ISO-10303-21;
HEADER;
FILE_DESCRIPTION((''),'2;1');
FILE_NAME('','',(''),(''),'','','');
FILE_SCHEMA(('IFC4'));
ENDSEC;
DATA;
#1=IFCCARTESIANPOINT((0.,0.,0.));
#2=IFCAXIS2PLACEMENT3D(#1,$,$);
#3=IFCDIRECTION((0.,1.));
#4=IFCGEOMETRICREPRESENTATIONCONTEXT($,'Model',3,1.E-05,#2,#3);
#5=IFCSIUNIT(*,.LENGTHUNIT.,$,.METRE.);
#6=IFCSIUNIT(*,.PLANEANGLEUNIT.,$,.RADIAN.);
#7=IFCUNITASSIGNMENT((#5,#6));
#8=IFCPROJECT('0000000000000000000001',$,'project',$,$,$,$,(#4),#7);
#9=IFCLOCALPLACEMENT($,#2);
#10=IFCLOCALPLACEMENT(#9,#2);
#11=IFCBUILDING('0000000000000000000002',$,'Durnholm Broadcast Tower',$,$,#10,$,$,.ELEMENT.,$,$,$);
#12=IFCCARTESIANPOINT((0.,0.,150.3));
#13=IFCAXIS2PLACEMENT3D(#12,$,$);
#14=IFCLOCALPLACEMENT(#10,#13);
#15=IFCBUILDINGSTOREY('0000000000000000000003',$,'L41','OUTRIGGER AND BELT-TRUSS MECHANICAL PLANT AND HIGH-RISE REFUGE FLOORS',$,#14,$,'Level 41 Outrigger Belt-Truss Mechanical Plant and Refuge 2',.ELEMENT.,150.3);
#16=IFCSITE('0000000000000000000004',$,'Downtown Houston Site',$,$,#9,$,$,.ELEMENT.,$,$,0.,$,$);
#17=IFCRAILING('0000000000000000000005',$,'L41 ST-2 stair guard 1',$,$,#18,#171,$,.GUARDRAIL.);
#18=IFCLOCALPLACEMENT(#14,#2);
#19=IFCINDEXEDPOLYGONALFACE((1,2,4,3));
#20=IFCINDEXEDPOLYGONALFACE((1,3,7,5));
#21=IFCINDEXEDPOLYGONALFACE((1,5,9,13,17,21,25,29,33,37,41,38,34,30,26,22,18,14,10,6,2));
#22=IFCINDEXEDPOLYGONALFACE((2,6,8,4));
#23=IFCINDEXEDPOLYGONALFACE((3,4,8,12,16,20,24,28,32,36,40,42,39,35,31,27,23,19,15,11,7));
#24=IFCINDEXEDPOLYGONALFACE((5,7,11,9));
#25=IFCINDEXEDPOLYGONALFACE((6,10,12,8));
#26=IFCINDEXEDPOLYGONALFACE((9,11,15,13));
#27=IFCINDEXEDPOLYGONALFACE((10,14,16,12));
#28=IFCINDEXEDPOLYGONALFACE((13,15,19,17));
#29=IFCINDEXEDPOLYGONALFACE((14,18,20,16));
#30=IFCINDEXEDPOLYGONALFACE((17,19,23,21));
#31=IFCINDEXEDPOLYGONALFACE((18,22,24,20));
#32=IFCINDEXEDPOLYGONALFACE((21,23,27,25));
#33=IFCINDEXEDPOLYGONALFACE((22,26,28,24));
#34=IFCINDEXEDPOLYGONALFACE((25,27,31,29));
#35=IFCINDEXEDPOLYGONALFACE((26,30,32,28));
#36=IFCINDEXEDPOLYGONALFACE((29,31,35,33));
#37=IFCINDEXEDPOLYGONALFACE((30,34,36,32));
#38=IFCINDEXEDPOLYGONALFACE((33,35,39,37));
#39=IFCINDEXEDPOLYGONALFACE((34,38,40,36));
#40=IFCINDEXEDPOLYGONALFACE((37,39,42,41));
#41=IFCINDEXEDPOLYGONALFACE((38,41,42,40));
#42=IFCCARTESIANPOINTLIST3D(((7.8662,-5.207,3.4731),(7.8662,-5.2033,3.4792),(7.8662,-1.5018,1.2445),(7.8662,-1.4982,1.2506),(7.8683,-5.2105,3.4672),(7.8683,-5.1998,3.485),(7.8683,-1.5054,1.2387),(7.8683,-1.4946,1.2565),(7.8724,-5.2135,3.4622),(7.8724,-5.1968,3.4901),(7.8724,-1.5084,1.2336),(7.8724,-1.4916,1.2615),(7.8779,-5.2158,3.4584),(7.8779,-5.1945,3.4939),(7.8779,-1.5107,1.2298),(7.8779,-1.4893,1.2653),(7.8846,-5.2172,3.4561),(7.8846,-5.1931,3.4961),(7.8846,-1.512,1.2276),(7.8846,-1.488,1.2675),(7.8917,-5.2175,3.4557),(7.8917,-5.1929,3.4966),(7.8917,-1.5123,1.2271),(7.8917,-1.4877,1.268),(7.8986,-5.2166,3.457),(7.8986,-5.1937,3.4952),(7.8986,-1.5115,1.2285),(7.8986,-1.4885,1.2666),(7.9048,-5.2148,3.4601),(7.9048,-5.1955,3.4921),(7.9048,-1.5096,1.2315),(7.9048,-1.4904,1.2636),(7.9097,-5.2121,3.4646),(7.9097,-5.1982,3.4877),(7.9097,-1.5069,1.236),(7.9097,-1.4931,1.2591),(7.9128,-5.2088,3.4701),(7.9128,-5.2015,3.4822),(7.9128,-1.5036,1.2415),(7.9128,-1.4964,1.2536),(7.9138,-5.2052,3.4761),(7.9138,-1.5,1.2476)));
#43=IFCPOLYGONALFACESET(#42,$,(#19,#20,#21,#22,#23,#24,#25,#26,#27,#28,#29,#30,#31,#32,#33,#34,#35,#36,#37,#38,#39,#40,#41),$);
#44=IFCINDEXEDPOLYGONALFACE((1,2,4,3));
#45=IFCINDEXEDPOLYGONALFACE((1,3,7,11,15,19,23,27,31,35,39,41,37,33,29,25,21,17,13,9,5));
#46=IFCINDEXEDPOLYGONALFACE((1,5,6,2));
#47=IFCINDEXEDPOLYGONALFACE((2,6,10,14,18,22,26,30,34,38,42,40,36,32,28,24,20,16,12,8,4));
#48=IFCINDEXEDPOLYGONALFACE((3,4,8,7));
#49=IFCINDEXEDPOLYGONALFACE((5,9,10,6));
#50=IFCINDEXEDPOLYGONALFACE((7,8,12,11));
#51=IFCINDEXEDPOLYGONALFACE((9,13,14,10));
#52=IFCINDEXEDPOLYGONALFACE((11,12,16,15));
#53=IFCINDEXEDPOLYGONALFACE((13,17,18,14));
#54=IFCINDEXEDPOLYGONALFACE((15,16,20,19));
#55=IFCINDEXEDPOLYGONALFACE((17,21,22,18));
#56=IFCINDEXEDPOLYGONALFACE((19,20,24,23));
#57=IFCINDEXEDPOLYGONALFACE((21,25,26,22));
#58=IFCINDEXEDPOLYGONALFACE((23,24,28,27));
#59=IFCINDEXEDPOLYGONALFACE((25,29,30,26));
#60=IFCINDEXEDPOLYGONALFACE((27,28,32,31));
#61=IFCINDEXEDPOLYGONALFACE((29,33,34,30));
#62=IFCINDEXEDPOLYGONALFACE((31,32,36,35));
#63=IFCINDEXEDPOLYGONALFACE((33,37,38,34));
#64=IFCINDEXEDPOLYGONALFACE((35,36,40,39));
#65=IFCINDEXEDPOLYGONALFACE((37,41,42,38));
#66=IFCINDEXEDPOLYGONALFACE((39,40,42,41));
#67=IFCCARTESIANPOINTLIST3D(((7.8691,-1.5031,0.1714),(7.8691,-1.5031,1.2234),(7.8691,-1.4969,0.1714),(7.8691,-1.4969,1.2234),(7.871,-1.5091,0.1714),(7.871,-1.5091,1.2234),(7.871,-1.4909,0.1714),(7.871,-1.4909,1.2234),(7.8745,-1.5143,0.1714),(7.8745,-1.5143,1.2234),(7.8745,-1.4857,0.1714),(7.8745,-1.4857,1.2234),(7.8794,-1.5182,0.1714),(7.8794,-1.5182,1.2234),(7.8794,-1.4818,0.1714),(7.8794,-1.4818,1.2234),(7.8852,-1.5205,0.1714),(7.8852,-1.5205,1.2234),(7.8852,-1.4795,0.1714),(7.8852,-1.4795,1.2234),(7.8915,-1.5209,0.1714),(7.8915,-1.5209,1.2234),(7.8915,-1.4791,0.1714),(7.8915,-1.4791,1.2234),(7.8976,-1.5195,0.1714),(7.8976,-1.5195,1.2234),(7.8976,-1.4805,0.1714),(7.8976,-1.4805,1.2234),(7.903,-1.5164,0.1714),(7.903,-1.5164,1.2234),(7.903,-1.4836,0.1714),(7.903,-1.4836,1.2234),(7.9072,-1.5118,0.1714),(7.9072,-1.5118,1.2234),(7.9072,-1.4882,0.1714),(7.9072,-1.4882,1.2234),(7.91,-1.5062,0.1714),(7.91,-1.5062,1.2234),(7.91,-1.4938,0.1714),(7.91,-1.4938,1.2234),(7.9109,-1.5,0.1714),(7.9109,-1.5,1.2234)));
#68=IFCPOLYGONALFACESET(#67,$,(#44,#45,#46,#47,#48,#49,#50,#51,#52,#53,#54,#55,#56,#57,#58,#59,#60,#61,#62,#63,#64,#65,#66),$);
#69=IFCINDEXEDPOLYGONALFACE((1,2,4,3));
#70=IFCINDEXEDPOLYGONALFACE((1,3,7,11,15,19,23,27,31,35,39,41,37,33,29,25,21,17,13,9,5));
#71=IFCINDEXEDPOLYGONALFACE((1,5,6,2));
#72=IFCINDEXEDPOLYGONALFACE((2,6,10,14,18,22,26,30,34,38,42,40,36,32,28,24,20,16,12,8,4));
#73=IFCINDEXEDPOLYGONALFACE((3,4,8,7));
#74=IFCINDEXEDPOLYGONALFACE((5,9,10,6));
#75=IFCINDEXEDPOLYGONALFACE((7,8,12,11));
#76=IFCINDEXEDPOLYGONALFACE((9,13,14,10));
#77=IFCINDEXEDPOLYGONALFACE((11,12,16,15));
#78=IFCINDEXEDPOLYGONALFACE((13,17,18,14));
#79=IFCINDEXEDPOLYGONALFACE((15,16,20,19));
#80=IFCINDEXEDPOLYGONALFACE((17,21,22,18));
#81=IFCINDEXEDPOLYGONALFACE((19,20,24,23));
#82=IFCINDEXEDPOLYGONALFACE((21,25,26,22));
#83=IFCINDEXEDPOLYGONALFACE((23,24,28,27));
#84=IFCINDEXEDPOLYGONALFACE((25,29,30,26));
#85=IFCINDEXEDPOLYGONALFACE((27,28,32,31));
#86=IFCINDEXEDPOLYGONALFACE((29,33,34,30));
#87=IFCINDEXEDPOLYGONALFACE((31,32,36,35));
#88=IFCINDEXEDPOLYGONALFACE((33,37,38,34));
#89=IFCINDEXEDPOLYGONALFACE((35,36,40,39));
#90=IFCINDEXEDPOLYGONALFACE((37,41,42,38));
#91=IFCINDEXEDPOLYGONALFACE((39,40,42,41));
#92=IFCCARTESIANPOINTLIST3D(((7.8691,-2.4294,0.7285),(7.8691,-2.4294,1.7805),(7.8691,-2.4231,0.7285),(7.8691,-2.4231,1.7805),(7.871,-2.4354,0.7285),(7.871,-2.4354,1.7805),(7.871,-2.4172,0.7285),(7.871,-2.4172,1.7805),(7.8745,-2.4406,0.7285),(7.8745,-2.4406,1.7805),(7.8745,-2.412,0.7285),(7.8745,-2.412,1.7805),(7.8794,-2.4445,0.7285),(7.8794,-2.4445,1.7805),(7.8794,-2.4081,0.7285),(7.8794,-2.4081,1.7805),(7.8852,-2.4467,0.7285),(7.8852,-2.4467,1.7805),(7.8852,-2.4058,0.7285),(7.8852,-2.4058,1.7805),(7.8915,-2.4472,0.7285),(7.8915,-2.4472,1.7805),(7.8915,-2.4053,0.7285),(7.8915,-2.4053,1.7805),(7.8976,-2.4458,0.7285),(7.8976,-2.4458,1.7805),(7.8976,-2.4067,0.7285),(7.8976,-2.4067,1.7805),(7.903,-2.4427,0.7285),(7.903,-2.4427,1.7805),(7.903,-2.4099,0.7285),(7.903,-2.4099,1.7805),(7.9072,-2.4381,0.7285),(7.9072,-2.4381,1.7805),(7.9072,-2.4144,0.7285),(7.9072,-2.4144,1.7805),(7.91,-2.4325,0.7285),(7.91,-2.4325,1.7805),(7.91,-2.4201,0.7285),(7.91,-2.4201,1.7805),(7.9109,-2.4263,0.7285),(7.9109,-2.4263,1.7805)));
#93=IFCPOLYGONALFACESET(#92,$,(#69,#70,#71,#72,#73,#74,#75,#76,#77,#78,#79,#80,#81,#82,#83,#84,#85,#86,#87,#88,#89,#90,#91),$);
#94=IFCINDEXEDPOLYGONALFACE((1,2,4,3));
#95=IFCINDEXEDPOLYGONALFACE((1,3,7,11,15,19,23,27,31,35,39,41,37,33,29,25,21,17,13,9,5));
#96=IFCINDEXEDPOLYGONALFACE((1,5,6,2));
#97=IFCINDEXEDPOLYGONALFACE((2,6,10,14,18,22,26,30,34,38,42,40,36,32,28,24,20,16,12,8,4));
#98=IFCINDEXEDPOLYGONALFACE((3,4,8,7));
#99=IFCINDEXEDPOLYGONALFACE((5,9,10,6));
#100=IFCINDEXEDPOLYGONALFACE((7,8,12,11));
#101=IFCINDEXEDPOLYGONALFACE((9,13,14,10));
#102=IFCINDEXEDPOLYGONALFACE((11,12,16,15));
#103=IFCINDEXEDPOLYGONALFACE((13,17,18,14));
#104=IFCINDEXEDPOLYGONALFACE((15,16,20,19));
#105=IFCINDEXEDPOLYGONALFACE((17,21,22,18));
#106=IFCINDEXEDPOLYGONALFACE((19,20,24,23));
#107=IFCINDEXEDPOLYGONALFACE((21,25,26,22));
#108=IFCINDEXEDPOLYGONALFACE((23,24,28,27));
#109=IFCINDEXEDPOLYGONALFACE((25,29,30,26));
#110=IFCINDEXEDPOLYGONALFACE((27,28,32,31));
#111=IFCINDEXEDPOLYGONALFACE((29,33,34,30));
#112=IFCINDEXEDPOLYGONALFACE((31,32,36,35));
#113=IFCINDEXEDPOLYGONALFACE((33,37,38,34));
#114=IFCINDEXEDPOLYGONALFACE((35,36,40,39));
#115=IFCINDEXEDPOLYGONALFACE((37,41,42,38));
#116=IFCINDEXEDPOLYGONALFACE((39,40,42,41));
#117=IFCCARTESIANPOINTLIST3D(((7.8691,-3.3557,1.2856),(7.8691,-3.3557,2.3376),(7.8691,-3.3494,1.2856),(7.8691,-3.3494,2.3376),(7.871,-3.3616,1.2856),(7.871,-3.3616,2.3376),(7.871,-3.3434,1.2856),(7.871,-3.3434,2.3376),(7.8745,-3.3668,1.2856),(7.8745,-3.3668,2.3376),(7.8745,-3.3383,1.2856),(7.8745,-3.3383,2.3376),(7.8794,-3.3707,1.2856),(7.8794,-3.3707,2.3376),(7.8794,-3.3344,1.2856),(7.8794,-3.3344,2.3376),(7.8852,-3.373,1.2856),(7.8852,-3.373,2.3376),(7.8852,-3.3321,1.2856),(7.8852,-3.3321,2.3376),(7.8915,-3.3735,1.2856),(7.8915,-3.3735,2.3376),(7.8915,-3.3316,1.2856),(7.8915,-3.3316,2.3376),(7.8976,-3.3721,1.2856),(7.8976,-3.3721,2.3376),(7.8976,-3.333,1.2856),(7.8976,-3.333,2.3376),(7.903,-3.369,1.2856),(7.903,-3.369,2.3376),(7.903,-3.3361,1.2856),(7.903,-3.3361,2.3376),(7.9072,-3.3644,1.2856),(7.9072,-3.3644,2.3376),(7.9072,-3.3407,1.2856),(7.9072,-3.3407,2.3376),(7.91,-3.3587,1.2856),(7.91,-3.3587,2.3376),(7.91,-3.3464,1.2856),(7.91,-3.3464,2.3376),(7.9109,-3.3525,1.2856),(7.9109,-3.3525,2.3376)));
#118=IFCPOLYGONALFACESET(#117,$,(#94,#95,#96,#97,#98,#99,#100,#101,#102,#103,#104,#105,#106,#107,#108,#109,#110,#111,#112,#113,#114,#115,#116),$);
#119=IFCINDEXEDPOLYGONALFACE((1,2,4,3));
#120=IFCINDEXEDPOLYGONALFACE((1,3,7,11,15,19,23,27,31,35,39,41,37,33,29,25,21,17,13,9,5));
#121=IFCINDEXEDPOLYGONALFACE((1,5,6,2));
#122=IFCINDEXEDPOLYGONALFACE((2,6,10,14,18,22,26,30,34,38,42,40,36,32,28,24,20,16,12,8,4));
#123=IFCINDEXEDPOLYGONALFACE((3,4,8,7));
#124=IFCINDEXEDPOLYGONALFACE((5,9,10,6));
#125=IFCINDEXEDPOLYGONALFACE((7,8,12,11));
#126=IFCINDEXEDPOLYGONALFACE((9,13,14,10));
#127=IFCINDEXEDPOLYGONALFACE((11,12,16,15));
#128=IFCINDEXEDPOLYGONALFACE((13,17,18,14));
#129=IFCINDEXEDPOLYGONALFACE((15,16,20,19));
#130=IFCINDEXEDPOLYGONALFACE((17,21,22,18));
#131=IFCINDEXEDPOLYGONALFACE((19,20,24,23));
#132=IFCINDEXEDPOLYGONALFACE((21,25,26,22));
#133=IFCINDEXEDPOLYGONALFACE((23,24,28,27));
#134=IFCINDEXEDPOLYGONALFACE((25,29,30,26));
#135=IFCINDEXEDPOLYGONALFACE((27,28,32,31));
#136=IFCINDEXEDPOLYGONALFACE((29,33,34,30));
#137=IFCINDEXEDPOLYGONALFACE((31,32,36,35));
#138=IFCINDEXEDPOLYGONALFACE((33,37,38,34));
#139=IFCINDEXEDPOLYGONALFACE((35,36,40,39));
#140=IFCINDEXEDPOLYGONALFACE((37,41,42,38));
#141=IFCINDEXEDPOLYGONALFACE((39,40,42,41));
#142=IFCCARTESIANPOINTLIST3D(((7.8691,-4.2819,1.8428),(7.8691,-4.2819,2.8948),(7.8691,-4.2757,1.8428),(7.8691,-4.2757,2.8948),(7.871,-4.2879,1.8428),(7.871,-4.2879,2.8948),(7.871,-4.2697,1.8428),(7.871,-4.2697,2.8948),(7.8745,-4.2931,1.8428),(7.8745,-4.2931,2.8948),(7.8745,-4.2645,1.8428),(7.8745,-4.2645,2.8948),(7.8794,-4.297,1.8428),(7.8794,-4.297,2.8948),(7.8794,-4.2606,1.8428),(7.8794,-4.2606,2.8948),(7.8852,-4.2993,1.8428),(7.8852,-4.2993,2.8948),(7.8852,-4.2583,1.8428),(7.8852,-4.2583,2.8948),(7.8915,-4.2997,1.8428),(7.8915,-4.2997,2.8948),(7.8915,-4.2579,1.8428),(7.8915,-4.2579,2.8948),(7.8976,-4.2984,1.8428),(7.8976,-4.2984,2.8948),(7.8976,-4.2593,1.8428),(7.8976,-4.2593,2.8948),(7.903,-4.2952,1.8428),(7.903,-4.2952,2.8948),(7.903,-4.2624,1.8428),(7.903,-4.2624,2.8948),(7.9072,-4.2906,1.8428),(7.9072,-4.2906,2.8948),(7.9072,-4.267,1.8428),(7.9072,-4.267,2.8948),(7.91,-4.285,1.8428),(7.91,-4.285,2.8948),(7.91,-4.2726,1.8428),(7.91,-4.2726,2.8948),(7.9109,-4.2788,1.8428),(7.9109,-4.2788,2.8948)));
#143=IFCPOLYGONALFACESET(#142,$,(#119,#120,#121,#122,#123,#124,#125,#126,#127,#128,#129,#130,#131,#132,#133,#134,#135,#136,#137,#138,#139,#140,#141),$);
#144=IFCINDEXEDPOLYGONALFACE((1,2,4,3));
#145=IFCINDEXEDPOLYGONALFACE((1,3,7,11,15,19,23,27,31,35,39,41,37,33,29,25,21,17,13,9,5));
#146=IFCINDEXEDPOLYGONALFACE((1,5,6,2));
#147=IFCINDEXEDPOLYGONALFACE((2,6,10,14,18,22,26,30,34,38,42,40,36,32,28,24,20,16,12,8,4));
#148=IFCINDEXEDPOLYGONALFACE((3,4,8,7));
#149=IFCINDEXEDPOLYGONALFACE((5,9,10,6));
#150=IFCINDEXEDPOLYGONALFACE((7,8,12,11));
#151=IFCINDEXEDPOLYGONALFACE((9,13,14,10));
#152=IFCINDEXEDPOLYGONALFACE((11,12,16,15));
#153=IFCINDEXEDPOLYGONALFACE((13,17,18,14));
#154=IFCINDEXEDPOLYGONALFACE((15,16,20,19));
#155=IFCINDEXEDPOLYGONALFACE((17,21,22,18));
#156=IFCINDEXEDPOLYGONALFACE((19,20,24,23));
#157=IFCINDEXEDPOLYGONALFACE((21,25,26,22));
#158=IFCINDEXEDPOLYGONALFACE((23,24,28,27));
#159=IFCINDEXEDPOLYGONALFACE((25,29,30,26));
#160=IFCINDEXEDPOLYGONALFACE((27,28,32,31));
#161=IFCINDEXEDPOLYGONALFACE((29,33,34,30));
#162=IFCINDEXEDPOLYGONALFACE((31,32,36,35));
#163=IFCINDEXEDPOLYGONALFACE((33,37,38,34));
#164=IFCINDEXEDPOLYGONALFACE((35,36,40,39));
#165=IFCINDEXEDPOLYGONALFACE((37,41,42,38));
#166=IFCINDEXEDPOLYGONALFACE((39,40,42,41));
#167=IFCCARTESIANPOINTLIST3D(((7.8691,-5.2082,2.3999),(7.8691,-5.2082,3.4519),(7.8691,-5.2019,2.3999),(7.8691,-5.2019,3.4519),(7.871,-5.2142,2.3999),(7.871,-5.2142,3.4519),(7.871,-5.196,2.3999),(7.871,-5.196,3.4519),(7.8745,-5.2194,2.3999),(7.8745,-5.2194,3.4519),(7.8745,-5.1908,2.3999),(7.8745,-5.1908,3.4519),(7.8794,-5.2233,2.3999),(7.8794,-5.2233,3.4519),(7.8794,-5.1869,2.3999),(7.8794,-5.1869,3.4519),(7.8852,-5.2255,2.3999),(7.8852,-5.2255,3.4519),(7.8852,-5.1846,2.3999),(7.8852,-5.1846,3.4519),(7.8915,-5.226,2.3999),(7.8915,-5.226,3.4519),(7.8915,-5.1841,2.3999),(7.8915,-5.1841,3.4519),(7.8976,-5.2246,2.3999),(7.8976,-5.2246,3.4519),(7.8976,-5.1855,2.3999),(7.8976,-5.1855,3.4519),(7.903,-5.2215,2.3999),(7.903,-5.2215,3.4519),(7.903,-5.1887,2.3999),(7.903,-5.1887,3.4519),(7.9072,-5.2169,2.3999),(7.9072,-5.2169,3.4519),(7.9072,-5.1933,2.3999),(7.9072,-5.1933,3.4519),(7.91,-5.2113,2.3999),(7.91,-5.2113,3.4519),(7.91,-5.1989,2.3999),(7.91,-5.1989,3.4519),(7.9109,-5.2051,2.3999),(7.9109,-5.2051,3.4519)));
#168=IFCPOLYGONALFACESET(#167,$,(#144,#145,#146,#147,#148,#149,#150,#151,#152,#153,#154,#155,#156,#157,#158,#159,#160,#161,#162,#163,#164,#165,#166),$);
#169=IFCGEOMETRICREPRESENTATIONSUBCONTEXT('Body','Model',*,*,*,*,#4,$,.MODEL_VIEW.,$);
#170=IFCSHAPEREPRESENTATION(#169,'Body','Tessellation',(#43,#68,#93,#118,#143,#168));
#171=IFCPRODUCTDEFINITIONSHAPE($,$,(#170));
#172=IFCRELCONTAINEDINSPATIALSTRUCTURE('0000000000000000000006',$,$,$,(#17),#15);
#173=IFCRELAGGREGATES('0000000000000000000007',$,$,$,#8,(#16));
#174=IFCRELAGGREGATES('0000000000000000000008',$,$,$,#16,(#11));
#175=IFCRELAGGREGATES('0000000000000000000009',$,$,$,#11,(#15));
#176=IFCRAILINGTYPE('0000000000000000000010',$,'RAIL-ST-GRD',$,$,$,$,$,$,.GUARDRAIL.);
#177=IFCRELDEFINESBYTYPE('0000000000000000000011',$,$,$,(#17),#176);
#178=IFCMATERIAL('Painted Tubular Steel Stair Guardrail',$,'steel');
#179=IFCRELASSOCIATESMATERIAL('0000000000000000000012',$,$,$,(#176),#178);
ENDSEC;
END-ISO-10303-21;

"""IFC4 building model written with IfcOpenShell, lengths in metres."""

from ifc_helpers import new_model, si_unit, direction, frame, origin, origin_2d, place, context, subcontext, project, spatial, circle, extrude, material, type_object, element, save


model = new_model("IFC4")

# Units and contexts
model_context = context("Model", 3, precision=1e-05, world=origin(), true_north=direction((0.0, 1.0)))
body_context = subcontext(model_context, "Body", "Model", "MODEL_VIEW")
ifc_project = project(units=[si_unit("LENGTHUNIT", "METRE"), si_unit("PLANEANGLEUNIT", "RADIAN")], contexts=[model_context])

# Site, building, storey
site_placement = place(None, origin())
site = spatial("IfcSite", under=ifc_project, at=site_placement, Name="Downtown Houston Site", CompositionType="ELEMENT", RefElevation=0.0)
building_placement = place(site_placement, origin())
building = spatial("IfcBuilding", under=site, at=building_placement, Name="Durnholm Broadcast Tower", CompositionType="ELEMENT")
storey_placement = place(building_placement, frame((0.0, 0.0, 150.3)))
storey = spatial("IfcBuildingStorey", under=building, at=storey_placement, Name="L41", Description="OUTRIGGER AND BELT-TRUSS MECHANICAL PLANT AND HIGH-RISE REFUGE FLOORS", LongName="Level 41 Outrigger Belt-Truss Mechanical Plant and Refuge 2", CompositionType="ELEMENT", Elevation=150.3)

# Railing
ifc_material_1 = material(Name="Painted Tubular Steel Stair Guardrail", Category="steel")
railing_type_1 = type_object("IfcRailingType", Name="RAIL-ST-GRD", PredefinedType="GUARDRAIL", material=ifc_material_1)
railing_1_placement = place(storey_placement, frame((7.8899, -1.5, 0.1714)))
element("IfcRailing", 1, at=railing_1_placement, inside=storey, type_object=railing_type_1, Name="L41 ST-2 stair guard 1", PredefinedType="GUARDRAIL", context=body_context, shape_type="SweptSolid", body=[
    extrude(circle(Radius=0.0239, at=origin_2d()), frame((0.0, 0.0, 1.0762), z_axis=(0.0, -0.856934, 0.515425), x_axis=(1.0, 0.0, 0.0)), (0.0, 0.0, 1.0), 4.3237),
    extrude(circle(Radius=0.021, at=origin_2d()), origin(), (0.0, 0.0, 1.0), 1.052),
    extrude(circle(Radius=0.021, at=origin_2d()), frame((0.0, -0.9263, 0.5571)), (0.0, 0.0, 1.0), 1.052),
    extrude(circle(Radius=0.021, at=origin_2d()), frame((0.0, -1.8525, 1.1143)), (0.0, 0.0, 1.0), 1.052),
    extrude(circle(Radius=0.021, at=origin_2d()), frame((0.0, -2.7788, 1.6714)), (0.0, 0.0, 1.0), 1.052),
    extrude(circle(Radius=0.021, at=origin_2d()), frame((0.0, -3.7051, 2.2285)), (0.0, 0.0, 1.0), 1.052),
])

save(model, "model.ifc")
